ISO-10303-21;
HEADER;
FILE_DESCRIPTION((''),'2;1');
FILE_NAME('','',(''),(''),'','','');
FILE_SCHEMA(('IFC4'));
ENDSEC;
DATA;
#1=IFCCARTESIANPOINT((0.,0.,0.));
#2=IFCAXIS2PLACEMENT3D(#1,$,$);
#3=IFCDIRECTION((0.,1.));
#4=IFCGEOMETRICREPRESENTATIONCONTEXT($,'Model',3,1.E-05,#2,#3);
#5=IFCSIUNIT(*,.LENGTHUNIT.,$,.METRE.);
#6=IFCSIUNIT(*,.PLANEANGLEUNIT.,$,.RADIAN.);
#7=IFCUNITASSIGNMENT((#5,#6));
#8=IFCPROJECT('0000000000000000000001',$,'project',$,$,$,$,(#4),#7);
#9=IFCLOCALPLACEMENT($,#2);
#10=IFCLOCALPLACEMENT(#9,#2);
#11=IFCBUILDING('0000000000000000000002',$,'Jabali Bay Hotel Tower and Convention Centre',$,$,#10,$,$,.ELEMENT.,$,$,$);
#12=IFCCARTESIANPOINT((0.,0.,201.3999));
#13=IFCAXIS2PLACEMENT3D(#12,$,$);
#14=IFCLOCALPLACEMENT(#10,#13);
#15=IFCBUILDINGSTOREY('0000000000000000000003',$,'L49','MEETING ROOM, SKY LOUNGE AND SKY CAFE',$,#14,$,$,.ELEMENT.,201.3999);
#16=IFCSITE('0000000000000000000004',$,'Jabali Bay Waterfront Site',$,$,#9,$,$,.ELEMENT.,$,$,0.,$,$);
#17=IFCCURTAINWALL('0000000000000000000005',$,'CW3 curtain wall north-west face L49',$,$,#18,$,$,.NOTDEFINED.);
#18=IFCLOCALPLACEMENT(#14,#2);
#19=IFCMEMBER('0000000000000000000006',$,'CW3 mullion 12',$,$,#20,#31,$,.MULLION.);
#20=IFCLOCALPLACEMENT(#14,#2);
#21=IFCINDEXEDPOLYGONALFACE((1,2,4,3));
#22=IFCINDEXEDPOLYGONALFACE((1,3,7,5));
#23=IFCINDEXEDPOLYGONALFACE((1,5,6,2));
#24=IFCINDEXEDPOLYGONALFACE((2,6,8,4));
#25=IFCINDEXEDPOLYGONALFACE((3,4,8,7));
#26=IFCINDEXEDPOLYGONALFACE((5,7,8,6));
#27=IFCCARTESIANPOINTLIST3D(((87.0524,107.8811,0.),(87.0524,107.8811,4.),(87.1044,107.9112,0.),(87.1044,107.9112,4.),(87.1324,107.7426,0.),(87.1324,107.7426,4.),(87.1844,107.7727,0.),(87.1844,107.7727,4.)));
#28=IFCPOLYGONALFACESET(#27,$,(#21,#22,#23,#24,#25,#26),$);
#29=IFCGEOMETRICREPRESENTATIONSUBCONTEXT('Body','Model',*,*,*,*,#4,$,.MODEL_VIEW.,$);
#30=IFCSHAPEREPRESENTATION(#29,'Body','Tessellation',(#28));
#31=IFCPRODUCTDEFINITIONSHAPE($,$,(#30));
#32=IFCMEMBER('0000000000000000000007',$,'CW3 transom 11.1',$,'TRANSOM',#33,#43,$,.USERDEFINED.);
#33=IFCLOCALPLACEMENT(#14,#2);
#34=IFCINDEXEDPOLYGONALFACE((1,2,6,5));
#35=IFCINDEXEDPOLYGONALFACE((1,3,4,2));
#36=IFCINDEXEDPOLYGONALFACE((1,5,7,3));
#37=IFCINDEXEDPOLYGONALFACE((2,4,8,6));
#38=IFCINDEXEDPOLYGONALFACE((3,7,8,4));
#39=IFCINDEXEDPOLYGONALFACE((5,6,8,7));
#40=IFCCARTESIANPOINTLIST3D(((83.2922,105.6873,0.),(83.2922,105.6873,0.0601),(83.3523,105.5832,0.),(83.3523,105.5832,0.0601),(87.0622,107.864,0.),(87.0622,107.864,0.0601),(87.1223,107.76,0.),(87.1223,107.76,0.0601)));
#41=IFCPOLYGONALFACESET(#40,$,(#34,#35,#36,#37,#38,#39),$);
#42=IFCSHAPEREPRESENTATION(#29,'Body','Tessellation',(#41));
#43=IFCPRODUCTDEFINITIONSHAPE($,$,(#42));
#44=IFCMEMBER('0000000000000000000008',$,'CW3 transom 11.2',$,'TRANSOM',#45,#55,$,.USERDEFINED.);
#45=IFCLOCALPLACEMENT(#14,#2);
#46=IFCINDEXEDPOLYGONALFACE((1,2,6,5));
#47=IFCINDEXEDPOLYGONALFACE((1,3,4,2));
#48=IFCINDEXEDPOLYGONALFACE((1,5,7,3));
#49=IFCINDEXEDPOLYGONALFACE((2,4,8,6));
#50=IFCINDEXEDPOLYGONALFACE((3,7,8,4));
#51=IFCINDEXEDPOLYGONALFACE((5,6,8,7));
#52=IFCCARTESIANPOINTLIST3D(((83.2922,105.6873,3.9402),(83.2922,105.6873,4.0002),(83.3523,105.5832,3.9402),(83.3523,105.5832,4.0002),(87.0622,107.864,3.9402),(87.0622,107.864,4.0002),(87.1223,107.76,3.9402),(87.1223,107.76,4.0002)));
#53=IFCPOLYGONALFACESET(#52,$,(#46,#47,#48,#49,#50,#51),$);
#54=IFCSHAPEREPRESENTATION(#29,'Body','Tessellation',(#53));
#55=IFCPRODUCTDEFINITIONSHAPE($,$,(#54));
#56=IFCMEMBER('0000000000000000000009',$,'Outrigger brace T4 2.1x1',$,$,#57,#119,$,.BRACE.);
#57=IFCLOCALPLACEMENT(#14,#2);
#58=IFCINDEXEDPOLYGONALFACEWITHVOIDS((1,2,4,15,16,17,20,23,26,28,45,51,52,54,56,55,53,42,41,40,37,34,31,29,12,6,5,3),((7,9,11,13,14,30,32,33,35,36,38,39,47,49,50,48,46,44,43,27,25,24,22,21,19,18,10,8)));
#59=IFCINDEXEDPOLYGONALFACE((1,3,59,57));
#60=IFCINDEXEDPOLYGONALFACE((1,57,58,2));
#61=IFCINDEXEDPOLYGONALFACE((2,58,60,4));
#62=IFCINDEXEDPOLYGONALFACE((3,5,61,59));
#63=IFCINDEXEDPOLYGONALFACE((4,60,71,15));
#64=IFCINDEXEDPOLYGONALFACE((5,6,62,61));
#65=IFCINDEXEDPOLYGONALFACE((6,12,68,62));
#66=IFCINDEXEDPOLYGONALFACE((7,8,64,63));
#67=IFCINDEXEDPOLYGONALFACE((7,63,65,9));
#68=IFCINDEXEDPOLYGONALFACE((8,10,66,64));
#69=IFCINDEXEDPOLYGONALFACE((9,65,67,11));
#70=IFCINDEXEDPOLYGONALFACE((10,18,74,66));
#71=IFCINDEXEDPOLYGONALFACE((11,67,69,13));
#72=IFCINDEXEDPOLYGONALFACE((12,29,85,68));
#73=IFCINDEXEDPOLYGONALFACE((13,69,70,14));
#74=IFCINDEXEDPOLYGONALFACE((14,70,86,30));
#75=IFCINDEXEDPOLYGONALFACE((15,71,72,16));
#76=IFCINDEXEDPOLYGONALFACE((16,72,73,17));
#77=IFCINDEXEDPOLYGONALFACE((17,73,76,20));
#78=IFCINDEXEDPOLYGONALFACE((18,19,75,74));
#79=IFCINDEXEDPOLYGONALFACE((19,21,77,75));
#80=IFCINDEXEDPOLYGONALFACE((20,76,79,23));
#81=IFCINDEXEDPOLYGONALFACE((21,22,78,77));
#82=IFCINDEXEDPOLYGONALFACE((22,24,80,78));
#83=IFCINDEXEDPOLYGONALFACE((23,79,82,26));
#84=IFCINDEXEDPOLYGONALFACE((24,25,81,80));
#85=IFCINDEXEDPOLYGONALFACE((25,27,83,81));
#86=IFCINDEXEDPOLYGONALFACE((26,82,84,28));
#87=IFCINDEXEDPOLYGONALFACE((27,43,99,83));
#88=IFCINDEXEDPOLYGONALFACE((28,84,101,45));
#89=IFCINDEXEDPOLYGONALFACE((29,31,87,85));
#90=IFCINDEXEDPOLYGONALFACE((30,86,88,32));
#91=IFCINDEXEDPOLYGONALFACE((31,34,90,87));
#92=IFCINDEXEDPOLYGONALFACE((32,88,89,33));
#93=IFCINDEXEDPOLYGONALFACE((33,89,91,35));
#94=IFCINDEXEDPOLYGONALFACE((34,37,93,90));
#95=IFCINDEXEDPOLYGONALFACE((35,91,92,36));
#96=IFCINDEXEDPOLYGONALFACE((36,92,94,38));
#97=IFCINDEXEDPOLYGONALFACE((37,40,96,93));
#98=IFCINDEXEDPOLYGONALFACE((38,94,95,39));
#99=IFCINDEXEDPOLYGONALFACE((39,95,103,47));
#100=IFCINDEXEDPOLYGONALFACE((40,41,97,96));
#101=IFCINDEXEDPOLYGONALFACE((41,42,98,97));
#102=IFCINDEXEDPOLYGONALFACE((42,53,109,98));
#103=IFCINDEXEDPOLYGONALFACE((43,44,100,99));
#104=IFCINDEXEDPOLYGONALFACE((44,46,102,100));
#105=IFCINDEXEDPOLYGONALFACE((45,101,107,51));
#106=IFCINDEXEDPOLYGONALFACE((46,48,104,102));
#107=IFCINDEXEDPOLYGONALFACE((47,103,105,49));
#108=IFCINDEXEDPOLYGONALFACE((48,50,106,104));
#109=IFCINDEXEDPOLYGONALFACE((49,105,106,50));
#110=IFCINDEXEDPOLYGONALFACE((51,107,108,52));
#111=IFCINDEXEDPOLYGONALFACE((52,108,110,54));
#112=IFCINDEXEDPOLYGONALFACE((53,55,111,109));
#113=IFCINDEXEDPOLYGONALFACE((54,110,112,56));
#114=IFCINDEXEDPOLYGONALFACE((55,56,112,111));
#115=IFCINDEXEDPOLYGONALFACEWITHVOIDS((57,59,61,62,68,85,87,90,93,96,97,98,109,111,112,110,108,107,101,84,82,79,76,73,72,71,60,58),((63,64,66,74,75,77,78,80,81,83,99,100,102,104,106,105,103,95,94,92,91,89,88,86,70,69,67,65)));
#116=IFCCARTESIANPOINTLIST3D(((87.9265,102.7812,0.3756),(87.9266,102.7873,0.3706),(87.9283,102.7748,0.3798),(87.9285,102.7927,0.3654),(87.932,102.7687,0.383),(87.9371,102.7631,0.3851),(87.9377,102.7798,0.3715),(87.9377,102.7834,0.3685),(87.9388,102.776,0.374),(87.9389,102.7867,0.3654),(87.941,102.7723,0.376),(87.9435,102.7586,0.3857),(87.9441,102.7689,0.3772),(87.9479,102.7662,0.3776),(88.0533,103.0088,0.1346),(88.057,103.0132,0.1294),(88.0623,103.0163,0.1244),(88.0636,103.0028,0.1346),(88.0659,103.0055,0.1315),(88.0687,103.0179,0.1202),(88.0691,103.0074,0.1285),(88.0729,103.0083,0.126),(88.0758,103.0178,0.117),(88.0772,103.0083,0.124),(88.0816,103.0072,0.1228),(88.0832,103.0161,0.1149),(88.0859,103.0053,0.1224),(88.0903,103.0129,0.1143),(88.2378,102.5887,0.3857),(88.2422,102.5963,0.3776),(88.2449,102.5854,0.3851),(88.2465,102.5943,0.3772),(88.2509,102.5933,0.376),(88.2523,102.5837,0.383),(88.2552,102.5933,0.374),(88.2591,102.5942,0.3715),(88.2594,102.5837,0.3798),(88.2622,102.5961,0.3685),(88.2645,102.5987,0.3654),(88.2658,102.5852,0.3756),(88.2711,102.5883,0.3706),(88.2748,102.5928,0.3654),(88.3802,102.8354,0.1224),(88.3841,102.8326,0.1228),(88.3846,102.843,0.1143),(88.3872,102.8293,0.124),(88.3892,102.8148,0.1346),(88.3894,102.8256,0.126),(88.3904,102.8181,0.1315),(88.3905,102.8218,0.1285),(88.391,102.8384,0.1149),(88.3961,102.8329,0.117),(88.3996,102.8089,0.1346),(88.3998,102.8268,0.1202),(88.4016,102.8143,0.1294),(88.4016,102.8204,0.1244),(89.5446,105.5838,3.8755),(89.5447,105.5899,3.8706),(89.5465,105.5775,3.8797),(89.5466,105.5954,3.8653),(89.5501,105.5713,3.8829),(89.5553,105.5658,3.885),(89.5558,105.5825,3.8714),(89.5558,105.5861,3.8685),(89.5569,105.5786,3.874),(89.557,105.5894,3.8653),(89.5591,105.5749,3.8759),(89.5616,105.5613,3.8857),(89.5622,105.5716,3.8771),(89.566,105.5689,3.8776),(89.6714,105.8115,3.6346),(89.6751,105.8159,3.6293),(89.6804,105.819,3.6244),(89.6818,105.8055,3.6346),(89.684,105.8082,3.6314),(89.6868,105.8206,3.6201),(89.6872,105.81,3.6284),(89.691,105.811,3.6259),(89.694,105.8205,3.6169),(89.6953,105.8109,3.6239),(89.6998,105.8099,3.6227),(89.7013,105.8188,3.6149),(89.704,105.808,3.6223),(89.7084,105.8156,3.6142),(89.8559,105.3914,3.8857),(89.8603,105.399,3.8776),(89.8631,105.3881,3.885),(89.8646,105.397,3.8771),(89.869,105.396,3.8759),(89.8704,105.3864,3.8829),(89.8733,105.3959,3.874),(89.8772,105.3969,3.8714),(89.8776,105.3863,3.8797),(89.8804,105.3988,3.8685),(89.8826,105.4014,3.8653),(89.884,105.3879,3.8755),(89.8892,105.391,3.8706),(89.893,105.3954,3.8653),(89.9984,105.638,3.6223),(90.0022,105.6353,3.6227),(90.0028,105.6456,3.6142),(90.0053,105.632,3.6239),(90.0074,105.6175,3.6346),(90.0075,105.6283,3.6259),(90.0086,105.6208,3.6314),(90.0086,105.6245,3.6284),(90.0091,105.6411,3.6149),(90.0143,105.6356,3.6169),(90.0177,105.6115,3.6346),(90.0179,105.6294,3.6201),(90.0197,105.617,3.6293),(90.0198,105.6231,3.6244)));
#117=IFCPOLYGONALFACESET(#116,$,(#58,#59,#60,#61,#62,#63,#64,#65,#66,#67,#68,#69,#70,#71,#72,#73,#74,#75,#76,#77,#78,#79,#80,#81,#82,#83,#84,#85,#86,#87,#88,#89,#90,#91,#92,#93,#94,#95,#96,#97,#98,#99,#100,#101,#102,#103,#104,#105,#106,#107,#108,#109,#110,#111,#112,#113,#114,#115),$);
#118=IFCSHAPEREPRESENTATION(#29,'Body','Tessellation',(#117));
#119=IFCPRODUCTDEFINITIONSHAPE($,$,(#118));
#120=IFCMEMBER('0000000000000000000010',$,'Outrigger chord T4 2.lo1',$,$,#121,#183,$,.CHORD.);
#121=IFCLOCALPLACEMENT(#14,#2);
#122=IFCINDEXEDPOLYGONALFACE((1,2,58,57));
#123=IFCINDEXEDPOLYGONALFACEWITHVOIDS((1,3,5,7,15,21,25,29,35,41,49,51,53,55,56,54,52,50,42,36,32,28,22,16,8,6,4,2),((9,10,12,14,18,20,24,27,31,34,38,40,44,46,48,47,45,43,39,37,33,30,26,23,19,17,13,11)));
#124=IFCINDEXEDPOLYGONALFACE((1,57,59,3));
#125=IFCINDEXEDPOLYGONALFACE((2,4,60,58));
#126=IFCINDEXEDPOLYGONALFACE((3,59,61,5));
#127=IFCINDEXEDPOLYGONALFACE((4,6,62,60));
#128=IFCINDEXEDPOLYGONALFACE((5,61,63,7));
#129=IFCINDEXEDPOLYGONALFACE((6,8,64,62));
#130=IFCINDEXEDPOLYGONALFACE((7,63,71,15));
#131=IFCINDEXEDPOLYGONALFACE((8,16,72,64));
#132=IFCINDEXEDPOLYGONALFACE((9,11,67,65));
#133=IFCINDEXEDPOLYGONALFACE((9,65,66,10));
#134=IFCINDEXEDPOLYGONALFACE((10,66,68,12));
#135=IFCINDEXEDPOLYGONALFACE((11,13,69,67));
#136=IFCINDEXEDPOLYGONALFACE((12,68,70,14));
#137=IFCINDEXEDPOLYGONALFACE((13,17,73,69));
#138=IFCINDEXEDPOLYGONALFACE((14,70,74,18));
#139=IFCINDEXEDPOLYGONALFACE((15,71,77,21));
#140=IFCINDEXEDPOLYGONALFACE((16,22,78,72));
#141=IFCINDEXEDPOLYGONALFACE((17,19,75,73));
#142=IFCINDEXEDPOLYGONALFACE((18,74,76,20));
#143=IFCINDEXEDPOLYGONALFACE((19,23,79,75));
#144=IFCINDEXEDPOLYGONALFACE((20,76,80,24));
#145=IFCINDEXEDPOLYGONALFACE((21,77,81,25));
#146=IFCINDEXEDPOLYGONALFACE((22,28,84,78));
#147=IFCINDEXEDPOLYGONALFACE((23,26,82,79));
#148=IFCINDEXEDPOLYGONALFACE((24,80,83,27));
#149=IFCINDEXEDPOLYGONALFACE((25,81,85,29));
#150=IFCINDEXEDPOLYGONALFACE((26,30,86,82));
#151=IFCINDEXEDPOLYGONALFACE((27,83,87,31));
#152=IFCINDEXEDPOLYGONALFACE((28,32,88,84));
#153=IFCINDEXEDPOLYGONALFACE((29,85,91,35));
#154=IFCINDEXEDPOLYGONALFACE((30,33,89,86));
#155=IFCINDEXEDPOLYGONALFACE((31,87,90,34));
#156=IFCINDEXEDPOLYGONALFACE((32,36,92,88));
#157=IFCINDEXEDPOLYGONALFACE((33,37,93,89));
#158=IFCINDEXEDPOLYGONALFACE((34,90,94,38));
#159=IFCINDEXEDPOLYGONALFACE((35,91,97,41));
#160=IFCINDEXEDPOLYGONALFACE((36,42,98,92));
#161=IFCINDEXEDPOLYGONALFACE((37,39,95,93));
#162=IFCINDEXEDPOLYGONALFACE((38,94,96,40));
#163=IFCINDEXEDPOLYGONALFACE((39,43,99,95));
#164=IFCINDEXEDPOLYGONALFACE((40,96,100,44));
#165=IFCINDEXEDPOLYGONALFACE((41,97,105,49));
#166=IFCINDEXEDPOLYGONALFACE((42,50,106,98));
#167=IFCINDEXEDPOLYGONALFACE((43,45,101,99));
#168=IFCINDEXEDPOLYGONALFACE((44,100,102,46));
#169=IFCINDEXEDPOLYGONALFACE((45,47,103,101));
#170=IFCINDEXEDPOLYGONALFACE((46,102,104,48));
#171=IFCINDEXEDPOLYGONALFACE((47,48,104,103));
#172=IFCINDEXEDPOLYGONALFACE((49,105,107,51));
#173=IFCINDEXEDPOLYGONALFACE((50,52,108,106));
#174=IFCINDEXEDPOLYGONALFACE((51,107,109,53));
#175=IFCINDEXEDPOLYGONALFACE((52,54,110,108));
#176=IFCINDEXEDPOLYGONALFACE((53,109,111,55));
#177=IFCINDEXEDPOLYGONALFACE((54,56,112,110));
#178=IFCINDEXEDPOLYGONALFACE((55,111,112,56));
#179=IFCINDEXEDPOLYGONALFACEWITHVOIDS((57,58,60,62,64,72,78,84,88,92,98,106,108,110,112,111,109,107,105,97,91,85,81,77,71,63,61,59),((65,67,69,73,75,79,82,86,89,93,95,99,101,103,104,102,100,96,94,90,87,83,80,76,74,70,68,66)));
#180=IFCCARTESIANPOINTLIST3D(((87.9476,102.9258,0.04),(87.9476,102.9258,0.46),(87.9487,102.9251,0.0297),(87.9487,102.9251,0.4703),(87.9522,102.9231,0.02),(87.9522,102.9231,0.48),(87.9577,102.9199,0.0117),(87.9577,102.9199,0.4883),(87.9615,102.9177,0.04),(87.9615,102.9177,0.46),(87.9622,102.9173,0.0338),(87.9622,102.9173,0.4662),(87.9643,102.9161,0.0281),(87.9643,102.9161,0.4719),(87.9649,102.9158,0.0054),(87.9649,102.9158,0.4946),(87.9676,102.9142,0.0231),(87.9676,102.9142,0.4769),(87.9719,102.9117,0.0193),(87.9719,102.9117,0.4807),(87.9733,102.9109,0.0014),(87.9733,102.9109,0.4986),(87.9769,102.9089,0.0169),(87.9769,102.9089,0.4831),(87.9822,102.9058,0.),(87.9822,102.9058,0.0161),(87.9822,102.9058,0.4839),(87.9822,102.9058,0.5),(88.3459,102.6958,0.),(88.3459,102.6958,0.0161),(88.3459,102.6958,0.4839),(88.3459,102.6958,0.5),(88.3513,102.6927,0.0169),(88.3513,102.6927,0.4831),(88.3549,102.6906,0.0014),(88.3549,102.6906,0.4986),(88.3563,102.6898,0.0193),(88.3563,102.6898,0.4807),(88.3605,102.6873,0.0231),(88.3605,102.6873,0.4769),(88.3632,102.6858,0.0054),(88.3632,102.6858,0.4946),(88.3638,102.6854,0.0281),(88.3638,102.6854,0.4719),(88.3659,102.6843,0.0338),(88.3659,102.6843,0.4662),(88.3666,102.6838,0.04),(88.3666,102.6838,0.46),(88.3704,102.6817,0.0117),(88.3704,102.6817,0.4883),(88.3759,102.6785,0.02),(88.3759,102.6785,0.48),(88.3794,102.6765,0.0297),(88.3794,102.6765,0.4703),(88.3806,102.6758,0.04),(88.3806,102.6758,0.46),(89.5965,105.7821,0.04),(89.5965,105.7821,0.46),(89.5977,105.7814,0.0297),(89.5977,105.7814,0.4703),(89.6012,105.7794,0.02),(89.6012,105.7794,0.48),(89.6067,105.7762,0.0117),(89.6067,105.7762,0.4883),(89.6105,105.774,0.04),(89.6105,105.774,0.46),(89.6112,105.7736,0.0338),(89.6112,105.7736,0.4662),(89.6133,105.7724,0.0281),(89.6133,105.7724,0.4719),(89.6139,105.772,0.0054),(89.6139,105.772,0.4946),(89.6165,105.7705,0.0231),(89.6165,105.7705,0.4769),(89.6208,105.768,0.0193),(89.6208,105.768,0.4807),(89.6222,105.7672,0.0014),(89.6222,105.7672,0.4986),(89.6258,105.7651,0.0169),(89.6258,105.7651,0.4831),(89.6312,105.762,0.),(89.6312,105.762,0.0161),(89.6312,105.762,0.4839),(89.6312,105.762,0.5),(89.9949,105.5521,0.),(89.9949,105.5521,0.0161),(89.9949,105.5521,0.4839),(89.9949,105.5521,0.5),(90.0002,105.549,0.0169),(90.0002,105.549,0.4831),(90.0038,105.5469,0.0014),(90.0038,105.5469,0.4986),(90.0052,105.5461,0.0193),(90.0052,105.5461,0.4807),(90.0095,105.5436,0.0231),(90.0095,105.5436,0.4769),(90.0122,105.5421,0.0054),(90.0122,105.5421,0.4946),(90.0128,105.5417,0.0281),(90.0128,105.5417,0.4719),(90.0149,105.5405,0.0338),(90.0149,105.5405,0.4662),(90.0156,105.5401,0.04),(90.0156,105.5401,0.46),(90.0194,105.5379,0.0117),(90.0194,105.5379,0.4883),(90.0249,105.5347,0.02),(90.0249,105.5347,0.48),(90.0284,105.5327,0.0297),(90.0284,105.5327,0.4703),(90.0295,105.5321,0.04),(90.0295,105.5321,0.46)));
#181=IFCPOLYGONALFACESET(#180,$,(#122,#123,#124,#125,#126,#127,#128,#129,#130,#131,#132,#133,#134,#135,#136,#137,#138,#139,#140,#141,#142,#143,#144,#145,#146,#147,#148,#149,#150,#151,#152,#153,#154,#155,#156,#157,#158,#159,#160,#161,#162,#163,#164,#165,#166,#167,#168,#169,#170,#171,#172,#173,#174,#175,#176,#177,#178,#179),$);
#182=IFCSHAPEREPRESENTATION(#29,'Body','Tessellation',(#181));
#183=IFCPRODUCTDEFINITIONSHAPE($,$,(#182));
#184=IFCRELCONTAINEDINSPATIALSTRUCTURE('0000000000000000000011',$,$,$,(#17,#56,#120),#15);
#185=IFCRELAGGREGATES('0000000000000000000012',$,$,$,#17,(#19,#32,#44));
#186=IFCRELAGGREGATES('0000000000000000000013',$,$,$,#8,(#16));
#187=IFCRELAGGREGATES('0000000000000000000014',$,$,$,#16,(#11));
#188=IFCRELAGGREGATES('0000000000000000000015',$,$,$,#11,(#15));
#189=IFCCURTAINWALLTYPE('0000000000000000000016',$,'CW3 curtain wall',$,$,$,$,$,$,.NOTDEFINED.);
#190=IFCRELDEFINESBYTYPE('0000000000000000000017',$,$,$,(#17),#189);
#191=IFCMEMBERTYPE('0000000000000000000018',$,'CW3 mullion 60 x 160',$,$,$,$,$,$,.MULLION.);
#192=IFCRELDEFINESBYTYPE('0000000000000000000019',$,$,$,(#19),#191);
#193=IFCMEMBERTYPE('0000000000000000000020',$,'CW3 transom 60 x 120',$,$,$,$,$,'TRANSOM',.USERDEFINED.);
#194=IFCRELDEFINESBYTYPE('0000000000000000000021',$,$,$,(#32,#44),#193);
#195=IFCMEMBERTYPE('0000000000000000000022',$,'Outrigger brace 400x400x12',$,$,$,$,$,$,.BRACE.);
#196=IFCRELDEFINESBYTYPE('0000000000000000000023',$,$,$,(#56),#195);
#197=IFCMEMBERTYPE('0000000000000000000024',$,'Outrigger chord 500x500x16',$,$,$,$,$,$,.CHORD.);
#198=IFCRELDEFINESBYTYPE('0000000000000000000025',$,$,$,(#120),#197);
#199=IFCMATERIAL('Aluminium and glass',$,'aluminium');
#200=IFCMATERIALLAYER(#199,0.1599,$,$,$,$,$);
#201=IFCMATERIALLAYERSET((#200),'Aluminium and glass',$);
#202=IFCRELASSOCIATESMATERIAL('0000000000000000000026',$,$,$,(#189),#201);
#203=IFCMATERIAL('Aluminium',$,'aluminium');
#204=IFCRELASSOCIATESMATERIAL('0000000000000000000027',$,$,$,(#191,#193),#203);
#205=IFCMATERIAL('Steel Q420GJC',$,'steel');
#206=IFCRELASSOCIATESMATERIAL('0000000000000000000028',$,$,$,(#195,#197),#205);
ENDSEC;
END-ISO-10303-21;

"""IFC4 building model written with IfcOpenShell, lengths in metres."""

from ifc_helpers import new_model, si_unit, direction, frame, origin, origin_2d, place, context, subcontext, project, spatial, rectangle, hollow_rectangle, extrude, material, layer, layer_set, material_profile, profile_set, type_object, element, aggregate, save


model = new_model("IFC4")

# Units and contexts
model_context = context("Model", 3, precision=1e-05, world=origin(), true_north=direction((0.0, 1.0)))
body_context = subcontext(model_context, "Body", "Model", "MODEL_VIEW")
ifc_project = project(units=[si_unit("LENGTHUNIT", "METRE"), si_unit("PLANEANGLEUNIT", "RADIAN")], contexts=[model_context])

# Site, building, storey
site_placement = place(None, origin())
site = spatial("IfcSite", under=ifc_project, at=site_placement, Name="Jabali Bay Waterfront Site", CompositionType="ELEMENT", RefElevation=0.0)
building_placement = place(site_placement, origin())
building = spatial("IfcBuilding", under=site, at=building_placement, Name="Jabali Bay Hotel Tower and Convention Centre", CompositionType="ELEMENT")
storey_placement = place(building_placement, frame((0.0, 0.0, 201.3999)))
storey = spatial("IfcBuildingStorey", under=building, at=storey_placement, Name="L49", Description="MEETING ROOM, SKY LOUNGE AND SKY CAFE", CompositionType="ELEMENT", Elevation=201.3999)

# Shared definitions
ifc_material_1 = material(Name="Steel Q420GJC", Category="steel")

# Curtain wall, members
ifc_material_2 = material(Name="Aluminium and glass", Category="aluminium")
ifc_layer_1 = layer(ifc_material_2, 0.1599)
ifc_layer_set_1 = layer_set([ifc_layer_1], Name="Aluminium and glass")
curtain_wall_type = type_object("IfcCurtainWallType", Name="CW3 curtain wall", PredefinedType="NOTDEFINED", material=ifc_layer_set_1)
curtain_wall_placement = place(storey_placement, origin())
curtain_wall = element("IfcCurtainWall", 1, at=curtain_wall_placement, inside=storey, type_object=curtain_wall_type, Name="CW3 curtain wall north-west face L49", PredefinedType="NOTDEFINED")
ifc_material_3 = material(Name="Aluminium", Category="aluminium")
ifc_material_profile_1 = material_profile(ifc_material_3, rectangle(XDim=0.1599, YDim=0.0601, at=origin_2d()), Name="CW3 mullion 60 x 160")
ifc_profile_set_1 = profile_set([ifc_material_profile_1], Name="Aluminium")
member_type_1 = type_object("IfcMemberType", Name="CW3 mullion 60 x 160", PredefinedType="MULLION", material=ifc_profile_set_1)
member_1_placement = place(storey_placement, frame((87.1184, 107.8269, 0.0), z_axis=(0.0, 0.0, 1.0), x_axis=(-0.5, 0.866025, 0.0)))
member_1 = element("IfcMember", 2, at=member_1_placement, type_object=member_type_1, Name="CW3 mullion 12", PredefinedType="MULLION", context=body_context, shape_type="SweptSolid", body=[
    extrude(rectangle(XDim=0.1599, YDim=0.0601, at=origin_2d()), origin(), (0.0, 0.0, 1.0), 4.0),
])
ifc_material_profile_2 = material_profile(ifc_material_3, rectangle(XDim=0.1201, YDim=0.0601, at=origin_2d()), Name="CW3 transom 60 x 120")
ifc_profile_set_2 = profile_set([ifc_material_profile_2], Name="Aluminium")
member_type_2 = type_object("IfcMemberType", Name="CW3 transom 60 x 120", ElementType="TRANSOM", PredefinedType="USERDEFINED", material=ifc_profile_set_2)
member_2_placement = place(storey_placement, frame((83.3223, 105.6353, 0.03), z_axis=(0.866012, 0.500023, 0.0), x_axis=(-0.500023, 0.866012, 0.0)))
member_2 = element("IfcMember", 3, at=member_2_placement, type_object=member_type_2, Name="CW3 transom 11.1", ObjectType="TRANSOM", PredefinedType="USERDEFINED", context=body_context, shape_type="SweptSolid", body=[
    extrude(rectangle(XDim=0.1201, YDim=0.0601, at=origin_2d()), origin(), (0.0, 0.0, 1.0), 4.3533),
])
member_3_placement = place(storey_placement, frame((83.3223, 105.6353, 3.9702), z_axis=(0.866012, 0.500023, 0.0), x_axis=(-0.500023, 0.866012, 0.0)))
member_3 = element("IfcMember", 4, at=member_3_placement, type_object=member_type_2, Name="CW3 transom 11.2", ObjectType="TRANSOM", PredefinedType="USERDEFINED", context=body_context, shape_type="SweptSolid", body=[
    extrude(rectangle(XDim=0.1201, YDim=0.0601, at=origin_2d()), origin(), (0.0, 0.0, 1.0), 4.3533),
])

# Members
ifc_material_profile_3 = material_profile(ifc_material_1, hollow_rectangle(XDim=0.3999, YDim=0.3999, WallThickness=0.012, InnerFilletRadius=0.0181, OuterFilletRadius=0.03, at=origin_2d()), Name="Outrigger brace 400x400x12")
ifc_profile_set_3 = profile_set([ifc_material_profile_3], Name="Steel Q420GJC")
member_type_3 = type_object("IfcMemberType", Name="Outrigger brace 400x400x12", PredefinedType="BRACE", material=ifc_profile_set_3)
member_4_placement = place(storey_placement, frame((88.1641, 102.8008, 0.25), z_axis=(0.339455, 0.587952, 0.734223), x_axis=(-0.866025, 0.500001, 0.0)))
element("IfcMember", 5, at=member_4_placement, inside=storey, type_object=member_type_3, Name="Outrigger brace T4 2.1x1", PredefinedType="BRACE", context=body_context, shape_type="SweptSolid", body=[
    extrude(hollow_rectangle(XDim=0.3999, YDim=0.3999, WallThickness=0.012, InnerFilletRadius=0.0181, OuterFilletRadius=0.03, at=origin_2d()), origin(), (0.0, 0.0, 1.0), 4.7668),
])
ifc_material_profile_4 = material_profile(ifc_material_1, hollow_rectangle(XDim=0.5, YDim=0.5, WallThickness=0.0161, InnerFilletRadius=0.0239, OuterFilletRadius=0.04, at=origin_2d()), Name="Outrigger chord 500x500x16")
ifc_profile_set_4 = profile_set([ifc_material_profile_4], Name="Steel Q420GJC")
member_type_4 = type_object("IfcMemberType", Name="Outrigger chord 500x500x16", PredefinedType="CHORD", material=ifc_profile_set_4)
for number, where, z_axis, x_axis, name in (
    (6, (88.1641, 102.8008, 0.25), (0.499977, 0.866039, 0.0), (-0.866039, 0.499977, 0.0), "Outrigger chord T4 2.lo1"),
):
    element("IfcMember", number, at=place(storey_placement, frame(where, z_axis=z_axis, x_axis=x_axis)), inside=storey, type_object=member_type_4, Name=name, PredefinedType="CHORD", context=body_context, shape_type="SweptSolid", body=[
        extrude(hollow_rectangle(XDim=0.5, YDim=0.5, WallThickness=0.0161, InnerFilletRadius=0.0239, OuterFilletRadius=0.04, at=origin_2d()), origin(), (0.0, 0.0, 1.0), 3.2981),
    ])

aggregate(curtain_wall, [member_1, member_2, member_3])

save(model, "model.ifc")
